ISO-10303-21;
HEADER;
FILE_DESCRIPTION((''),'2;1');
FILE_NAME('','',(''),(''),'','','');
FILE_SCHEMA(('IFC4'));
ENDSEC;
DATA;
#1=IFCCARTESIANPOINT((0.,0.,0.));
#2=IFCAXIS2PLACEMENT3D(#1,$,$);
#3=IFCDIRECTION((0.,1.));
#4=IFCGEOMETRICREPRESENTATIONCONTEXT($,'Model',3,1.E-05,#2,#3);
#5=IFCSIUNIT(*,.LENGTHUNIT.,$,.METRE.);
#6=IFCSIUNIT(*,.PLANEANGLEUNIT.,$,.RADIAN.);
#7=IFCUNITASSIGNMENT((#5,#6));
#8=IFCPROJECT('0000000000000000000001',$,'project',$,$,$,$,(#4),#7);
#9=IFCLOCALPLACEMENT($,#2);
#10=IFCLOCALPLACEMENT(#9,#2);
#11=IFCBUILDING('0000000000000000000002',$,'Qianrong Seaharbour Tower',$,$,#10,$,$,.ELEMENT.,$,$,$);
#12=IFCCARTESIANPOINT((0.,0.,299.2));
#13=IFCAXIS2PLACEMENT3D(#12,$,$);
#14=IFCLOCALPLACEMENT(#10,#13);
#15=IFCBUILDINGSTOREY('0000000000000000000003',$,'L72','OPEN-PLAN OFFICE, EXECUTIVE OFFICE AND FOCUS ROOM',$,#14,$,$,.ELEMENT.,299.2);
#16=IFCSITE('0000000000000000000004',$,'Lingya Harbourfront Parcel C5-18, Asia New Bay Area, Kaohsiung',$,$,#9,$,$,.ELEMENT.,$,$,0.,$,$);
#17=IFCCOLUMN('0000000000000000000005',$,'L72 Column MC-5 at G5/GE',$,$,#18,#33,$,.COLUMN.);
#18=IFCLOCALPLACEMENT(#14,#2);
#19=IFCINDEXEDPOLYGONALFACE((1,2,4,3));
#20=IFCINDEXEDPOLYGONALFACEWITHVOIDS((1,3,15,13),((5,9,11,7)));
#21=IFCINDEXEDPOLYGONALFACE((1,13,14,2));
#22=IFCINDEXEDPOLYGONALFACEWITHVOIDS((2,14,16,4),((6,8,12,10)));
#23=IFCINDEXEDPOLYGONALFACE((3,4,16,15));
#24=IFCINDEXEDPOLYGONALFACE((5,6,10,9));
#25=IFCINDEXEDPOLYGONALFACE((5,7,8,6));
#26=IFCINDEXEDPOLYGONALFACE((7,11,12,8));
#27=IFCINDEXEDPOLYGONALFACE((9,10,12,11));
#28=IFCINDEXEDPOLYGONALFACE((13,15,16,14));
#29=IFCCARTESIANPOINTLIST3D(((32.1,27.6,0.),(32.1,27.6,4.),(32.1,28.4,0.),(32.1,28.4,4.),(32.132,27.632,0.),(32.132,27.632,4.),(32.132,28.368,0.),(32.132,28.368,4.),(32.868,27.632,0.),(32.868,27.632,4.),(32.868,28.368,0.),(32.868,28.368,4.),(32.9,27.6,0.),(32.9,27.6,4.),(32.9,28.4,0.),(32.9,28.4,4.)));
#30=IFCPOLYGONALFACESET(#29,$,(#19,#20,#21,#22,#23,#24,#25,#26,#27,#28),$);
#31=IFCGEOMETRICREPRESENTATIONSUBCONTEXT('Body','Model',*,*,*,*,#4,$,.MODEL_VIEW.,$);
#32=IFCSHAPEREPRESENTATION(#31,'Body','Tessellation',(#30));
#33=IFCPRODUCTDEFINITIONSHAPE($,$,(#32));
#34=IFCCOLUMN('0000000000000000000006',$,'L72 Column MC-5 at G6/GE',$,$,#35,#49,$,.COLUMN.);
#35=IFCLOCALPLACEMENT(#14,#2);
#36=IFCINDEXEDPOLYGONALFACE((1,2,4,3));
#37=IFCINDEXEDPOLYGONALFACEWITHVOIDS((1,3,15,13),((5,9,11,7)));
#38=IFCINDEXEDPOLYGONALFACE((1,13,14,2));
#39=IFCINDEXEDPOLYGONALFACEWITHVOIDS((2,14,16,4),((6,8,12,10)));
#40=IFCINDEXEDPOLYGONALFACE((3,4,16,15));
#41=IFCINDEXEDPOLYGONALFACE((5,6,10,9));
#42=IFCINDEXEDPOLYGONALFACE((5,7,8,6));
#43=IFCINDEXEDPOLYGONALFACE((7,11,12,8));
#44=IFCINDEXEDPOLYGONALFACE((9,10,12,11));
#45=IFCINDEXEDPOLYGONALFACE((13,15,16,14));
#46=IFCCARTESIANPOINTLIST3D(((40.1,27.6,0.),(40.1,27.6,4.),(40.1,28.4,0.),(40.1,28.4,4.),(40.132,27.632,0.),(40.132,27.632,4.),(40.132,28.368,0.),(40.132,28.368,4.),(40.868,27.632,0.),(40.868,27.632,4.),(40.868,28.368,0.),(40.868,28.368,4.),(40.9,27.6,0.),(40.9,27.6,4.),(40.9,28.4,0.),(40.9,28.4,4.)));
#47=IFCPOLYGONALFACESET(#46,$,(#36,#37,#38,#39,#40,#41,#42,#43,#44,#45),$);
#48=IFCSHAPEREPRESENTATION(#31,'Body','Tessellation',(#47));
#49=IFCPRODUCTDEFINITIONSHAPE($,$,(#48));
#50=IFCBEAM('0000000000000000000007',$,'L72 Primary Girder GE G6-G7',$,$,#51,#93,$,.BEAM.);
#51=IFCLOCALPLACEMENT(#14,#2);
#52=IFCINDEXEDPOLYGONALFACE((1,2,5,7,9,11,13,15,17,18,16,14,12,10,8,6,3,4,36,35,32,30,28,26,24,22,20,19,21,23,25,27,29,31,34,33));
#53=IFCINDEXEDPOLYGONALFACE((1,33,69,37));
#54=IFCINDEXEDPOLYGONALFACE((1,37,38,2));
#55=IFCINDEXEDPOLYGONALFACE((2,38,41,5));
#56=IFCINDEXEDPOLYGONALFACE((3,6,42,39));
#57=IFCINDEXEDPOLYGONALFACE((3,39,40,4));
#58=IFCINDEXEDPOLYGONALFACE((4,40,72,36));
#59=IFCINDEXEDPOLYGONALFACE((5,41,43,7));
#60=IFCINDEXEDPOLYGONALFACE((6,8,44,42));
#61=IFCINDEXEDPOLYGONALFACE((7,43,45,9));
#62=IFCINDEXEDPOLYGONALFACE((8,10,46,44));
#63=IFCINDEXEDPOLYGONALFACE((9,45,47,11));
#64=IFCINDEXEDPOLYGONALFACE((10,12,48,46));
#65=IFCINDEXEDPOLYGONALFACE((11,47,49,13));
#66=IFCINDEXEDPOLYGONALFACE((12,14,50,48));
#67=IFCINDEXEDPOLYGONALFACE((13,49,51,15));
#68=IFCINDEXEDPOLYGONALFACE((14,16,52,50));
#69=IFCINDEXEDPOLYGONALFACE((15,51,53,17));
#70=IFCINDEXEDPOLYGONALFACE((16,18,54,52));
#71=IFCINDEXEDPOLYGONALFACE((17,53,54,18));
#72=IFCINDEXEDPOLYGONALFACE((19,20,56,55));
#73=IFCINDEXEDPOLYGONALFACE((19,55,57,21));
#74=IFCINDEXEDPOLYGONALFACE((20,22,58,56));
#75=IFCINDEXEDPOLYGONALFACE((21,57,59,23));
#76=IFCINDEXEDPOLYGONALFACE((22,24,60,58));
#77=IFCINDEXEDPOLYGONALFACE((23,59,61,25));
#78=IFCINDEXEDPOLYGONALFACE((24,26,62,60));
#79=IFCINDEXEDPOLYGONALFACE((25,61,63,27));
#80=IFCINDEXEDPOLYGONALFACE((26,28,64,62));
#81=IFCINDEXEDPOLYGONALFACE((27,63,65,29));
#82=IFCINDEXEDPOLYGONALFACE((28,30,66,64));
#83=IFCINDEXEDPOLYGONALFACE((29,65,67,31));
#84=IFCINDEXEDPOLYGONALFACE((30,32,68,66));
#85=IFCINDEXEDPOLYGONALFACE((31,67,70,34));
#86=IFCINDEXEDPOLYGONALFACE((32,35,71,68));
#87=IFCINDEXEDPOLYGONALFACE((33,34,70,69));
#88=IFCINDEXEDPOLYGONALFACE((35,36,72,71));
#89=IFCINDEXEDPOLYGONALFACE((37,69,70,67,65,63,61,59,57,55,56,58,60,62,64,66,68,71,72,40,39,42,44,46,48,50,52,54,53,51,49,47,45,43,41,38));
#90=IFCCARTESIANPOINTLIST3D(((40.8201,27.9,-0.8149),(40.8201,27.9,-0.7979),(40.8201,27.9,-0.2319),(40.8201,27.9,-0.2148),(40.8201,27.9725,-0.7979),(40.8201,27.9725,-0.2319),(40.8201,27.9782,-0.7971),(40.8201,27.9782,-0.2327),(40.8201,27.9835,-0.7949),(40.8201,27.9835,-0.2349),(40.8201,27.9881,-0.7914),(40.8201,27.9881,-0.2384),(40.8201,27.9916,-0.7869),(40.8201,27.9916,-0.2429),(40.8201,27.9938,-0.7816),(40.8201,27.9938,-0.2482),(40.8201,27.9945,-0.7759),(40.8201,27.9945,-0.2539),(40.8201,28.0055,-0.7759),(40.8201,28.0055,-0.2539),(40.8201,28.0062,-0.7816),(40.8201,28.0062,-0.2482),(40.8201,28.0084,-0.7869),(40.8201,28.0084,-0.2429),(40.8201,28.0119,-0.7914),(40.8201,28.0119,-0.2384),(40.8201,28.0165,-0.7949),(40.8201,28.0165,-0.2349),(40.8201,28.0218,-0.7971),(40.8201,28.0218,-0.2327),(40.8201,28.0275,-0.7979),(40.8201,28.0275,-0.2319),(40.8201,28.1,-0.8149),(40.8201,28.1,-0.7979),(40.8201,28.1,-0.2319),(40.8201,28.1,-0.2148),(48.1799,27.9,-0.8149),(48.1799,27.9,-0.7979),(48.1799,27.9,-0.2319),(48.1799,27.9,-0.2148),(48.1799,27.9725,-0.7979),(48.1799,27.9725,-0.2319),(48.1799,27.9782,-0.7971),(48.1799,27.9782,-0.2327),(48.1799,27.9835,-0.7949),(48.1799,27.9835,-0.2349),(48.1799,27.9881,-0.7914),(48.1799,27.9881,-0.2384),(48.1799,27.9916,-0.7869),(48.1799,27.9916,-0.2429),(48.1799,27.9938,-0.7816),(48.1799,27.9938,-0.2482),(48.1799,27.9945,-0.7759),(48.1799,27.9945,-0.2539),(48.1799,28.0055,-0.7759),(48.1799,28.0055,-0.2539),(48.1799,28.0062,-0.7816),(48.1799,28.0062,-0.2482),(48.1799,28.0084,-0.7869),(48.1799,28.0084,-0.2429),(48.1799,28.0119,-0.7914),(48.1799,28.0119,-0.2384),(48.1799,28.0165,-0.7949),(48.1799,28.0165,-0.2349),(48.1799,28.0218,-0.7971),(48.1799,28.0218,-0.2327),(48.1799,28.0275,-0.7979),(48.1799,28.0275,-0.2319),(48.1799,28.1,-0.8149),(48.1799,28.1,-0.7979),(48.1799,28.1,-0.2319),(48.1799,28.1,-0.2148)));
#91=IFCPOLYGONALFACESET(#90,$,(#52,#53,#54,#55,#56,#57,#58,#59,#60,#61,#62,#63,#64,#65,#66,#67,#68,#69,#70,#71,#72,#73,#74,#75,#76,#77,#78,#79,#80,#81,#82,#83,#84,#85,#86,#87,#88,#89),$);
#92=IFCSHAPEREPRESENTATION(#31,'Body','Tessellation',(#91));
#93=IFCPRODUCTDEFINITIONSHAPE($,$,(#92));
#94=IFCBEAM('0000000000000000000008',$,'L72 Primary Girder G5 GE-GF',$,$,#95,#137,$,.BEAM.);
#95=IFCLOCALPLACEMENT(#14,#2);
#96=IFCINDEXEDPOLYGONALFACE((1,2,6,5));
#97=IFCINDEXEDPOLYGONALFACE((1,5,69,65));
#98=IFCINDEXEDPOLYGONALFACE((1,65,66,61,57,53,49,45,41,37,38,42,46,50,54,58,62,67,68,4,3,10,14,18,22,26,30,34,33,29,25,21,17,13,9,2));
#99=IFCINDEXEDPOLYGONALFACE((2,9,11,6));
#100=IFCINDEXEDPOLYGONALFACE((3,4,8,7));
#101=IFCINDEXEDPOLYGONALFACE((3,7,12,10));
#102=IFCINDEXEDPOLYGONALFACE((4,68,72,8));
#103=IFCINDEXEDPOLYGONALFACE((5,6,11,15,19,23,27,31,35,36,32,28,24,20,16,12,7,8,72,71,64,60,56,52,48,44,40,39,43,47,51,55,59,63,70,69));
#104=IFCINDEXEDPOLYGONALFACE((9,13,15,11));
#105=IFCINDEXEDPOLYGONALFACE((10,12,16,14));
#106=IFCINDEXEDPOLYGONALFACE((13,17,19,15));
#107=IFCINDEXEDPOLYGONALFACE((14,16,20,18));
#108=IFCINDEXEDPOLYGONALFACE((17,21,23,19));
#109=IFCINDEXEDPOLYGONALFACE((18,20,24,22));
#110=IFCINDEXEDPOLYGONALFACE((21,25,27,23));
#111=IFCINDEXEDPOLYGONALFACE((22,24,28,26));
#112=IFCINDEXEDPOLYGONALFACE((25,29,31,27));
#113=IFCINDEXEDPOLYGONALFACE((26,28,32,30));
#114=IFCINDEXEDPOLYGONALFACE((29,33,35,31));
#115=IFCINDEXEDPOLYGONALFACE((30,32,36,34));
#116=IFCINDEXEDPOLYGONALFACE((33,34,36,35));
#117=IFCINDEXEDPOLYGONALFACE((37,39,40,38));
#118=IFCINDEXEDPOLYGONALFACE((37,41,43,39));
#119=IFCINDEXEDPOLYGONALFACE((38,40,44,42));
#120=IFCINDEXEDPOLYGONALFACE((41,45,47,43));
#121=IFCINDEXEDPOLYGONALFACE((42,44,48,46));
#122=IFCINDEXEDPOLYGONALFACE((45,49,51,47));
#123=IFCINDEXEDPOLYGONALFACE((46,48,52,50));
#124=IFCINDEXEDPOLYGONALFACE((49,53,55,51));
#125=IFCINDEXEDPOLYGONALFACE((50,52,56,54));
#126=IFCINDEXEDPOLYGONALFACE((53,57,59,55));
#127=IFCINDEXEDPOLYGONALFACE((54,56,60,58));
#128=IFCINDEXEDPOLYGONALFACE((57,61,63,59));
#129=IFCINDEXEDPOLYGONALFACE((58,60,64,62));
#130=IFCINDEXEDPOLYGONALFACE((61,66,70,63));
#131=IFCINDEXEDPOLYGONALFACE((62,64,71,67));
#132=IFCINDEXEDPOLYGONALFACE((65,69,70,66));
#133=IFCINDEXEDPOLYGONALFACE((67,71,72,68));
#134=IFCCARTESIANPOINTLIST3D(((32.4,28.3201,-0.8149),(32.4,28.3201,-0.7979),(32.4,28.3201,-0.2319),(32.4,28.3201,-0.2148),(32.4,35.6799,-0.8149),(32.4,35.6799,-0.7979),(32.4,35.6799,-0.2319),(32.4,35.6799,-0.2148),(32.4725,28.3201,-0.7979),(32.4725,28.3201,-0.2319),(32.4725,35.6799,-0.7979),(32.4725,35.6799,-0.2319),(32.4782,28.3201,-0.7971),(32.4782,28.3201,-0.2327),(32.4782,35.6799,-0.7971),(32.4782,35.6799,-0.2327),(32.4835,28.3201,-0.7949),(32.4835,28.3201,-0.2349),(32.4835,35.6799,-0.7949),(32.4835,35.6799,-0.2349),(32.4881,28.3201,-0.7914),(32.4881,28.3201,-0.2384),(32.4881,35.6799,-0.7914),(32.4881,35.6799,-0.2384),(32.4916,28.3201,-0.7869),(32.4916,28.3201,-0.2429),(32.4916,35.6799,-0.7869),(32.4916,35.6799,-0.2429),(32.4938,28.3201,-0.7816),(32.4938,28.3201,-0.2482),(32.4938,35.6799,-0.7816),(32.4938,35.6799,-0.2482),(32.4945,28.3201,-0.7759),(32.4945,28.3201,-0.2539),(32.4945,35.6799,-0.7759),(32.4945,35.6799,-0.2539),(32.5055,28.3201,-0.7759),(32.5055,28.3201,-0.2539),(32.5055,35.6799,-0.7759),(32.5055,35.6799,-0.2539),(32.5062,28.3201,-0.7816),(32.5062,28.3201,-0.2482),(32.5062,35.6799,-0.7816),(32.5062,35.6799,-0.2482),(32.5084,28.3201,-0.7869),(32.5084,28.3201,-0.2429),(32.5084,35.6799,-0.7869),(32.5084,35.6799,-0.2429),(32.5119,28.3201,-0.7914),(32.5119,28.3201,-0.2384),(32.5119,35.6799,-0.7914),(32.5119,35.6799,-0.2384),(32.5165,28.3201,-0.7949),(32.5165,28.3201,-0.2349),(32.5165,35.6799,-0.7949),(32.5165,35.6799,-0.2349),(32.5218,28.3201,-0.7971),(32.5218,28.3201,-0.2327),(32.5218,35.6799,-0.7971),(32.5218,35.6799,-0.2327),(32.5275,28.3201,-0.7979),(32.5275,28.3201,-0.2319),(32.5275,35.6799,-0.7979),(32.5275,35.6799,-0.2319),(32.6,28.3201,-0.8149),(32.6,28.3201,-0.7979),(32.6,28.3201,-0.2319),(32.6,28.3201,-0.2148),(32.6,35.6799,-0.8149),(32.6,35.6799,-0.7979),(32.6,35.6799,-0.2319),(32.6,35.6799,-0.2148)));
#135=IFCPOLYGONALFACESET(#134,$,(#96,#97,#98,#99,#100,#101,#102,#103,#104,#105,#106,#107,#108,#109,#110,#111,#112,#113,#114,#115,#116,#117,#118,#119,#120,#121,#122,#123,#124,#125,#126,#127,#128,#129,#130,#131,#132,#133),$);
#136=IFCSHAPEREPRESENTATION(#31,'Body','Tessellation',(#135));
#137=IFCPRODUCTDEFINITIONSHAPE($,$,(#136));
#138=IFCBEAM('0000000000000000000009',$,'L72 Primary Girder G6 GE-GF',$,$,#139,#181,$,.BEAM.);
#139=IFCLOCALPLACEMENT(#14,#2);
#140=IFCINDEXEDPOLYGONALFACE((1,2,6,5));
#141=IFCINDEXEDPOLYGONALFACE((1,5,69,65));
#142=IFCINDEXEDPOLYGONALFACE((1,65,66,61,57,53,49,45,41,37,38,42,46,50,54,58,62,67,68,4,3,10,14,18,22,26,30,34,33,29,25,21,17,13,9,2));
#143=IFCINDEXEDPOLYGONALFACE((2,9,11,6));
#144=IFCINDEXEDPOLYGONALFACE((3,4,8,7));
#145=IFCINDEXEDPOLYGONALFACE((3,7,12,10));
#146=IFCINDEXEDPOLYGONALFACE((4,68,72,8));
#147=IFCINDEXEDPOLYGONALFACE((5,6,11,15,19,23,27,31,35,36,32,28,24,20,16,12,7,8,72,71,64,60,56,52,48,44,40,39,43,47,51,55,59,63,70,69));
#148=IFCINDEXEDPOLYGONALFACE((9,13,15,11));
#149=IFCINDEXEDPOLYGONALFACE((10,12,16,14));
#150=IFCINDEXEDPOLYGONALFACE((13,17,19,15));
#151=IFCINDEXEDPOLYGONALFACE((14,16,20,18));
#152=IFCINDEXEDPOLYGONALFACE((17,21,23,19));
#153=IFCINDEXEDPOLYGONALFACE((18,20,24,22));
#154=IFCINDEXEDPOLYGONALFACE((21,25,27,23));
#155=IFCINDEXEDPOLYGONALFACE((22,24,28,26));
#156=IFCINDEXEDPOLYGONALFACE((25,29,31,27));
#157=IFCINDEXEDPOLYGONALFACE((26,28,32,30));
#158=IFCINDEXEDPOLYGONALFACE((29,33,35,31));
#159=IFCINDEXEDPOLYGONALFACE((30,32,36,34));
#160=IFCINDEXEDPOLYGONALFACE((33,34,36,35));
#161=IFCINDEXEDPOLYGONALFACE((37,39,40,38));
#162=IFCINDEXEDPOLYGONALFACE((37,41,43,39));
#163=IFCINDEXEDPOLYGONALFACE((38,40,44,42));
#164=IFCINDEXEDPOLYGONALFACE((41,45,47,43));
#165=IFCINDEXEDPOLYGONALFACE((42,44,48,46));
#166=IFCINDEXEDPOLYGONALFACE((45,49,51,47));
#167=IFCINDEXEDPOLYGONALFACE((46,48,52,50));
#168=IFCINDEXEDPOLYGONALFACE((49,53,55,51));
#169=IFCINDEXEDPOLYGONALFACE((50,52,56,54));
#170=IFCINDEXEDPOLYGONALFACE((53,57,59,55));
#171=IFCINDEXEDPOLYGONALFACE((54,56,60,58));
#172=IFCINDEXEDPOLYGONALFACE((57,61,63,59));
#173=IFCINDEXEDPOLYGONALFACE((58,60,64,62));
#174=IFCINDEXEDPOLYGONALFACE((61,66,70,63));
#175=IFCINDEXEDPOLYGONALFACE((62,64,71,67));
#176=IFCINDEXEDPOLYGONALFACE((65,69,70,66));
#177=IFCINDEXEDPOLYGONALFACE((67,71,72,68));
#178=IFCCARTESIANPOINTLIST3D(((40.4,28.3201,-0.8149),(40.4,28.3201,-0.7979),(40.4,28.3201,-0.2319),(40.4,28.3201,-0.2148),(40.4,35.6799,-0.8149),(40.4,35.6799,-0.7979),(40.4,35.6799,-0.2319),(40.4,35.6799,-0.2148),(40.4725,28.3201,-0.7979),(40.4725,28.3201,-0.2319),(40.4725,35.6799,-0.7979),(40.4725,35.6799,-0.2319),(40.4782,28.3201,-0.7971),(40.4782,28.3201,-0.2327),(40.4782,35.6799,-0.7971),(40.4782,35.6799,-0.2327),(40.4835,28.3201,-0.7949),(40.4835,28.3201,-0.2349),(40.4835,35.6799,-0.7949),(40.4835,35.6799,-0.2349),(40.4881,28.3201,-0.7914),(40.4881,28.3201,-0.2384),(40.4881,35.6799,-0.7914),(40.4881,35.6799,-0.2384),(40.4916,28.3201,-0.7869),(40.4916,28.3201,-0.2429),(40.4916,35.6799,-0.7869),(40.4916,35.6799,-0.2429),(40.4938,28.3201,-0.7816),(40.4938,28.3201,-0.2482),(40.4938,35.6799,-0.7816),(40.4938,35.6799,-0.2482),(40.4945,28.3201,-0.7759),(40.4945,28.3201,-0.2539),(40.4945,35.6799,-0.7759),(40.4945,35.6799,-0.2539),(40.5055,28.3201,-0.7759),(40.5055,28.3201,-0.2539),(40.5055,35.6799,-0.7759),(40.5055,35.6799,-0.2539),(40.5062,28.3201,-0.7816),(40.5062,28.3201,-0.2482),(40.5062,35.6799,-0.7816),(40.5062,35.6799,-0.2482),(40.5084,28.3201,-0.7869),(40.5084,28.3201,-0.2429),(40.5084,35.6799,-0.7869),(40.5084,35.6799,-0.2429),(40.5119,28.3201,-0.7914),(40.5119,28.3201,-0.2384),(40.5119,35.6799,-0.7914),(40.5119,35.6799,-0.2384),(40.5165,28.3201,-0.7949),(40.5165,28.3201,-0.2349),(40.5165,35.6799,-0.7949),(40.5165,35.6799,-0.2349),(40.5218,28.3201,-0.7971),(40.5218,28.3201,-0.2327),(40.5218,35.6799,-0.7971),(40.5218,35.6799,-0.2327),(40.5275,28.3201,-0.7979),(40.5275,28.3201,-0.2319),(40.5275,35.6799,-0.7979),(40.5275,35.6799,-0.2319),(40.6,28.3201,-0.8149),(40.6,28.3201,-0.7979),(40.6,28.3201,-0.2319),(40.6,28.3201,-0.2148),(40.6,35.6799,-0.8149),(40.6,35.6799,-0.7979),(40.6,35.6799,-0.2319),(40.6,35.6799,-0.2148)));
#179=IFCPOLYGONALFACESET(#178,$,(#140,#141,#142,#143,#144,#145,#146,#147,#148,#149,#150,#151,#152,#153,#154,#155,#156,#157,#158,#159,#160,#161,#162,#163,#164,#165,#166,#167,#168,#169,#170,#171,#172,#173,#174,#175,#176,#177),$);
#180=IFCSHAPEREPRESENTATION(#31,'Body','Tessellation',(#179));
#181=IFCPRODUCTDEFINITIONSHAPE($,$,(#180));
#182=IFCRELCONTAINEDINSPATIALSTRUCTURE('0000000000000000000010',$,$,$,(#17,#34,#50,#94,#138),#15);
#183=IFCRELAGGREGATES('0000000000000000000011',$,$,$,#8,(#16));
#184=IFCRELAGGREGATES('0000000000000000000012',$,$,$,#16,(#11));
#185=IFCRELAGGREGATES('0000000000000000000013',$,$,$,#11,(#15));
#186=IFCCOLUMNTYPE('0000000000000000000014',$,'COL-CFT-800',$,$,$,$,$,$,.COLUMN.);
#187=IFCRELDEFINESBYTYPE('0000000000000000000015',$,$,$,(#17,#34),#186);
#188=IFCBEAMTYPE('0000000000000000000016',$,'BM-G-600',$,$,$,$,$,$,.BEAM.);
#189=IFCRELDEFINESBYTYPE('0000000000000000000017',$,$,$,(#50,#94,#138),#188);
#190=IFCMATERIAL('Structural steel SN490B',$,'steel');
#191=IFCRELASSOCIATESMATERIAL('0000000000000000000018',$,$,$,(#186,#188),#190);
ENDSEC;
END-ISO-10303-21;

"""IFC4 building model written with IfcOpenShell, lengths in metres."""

from ifc_helpers import new_model, si_unit, direction, frame, origin, origin_2d, place, context, subcontext, project, spatial, hollow_rectangle, i_section, extrude, material, material_profile, profile_set, type_object, element, save


model = new_model("IFC4")

# Units and contexts
model_context = context("Model", 3, precision=1e-05, world=origin(), true_north=direction((0.0, 1.0)))
body_context = subcontext(model_context, "Body", "Model", "MODEL_VIEW")
ifc_project = project(units=[si_unit("LENGTHUNIT", "METRE"), si_unit("PLANEANGLEUNIT", "RADIAN")], contexts=[model_context])

# Site, building, storey
site_placement = place(None, origin())
site = spatial("IfcSite", under=ifc_project, at=site_placement, Name="Lingya Harbourfront Parcel C5-18, Asia New Bay Area, Kaohsiung", CompositionType="ELEMENT", RefElevation=0.0)
building_placement = place(site_placement, origin())
building = spatial("IfcBuilding", under=site, at=building_placement, Name="Qianrong Seaharbour Tower", CompositionType="ELEMENT")
storey_placement = place(building_placement, frame((0.0, 0.0, 299.2)))
storey = spatial("IfcBuildingStorey", under=building, at=storey_placement, Name="L72", Description="OPEN-PLAN OFFICE, EXECUTIVE OFFICE AND FOCUS ROOM", CompositionType="ELEMENT", Elevation=299.2)

# Columns
ifc_material_1 = material(Name="Structural steel SN490B", Category="steel")
ifc_material_profile_1 = material_profile(ifc_material_1, hollow_rectangle(XDim=0.8, YDim=0.8, WallThickness=0.032, at=origin_2d()), Name="BOX800x800x32")
ifc_profile_set_1 = profile_set([ifc_material_profile_1], Name="Structural steel SN490B")
column_type = type_object("IfcColumnType", Name="COL-CFT-800", PredefinedType="COLUMN", material=ifc_profile_set_1)
for number, where, z_axis, x_axis, name in (
    (1, (32.5, 28.0, 0.0), (0.0, 0.0, 1.0), (1.0, 0.0, 0.0), "L72 Column MC-5 at G5/GE"),
    (2, (40.5, 28.0, 0.0), (0.0, 0.0, 1.0), (1.0, 0.0, 0.0), "L72 Column MC-5 at G6/GE"),
):
    element("IfcColumn", number, at=place(storey_placement, frame(where, z_axis=z_axis, x_axis=x_axis)), inside=storey, type_object=column_type, Name=name, PredefinedType="COLUMN", context=body_context, shape_type="SweptSolid", body=[
        extrude(hollow_rectangle(XDim=0.8, YDim=0.8, WallThickness=0.032, at=origin_2d()), origin(), (0.0, 0.0, 1.0), 4.0),
    ])

# Beams
ifc_material_profile_2 = material_profile(ifc_material_1, i_section(OverallWidth=0.2, OverallDepth=0.6001, WebThickness=0.011, FlangeThickness=0.0171, FilletRadius=0.022, at=origin_2d()), Name="H600x200x11x17")
ifc_profile_set_2 = profile_set([ifc_material_profile_2], Name="Structural steel SN490B")
beam_type_1 = type_object("IfcBeamType", Name="BM-G-600", PredefinedType="BEAM", material=ifc_profile_set_2)
for number, where, z_axis, x_axis, name in (
    (3, (40.8201, 28.0, -0.5149), (1.0, 0.0, 0.0), (0.0, 1.0, 0.0), "L72 Primary Girder GE G6-G7"),
    (4, (32.5, 28.3201, -0.5149), (0.0, 1.0, 0.0), (-1.0, 0.0, 0.0), "L72 Primary Girder G5 GE-GF"),
    (5, (40.5, 28.3201, -0.5149), (0.0, 1.0, 0.0), (-1.0, 0.0, 0.0), "L72 Primary Girder G6 GE-GF"),
):
    element("IfcBeam", number, at=place(storey_placement, frame(where, z_axis=z_axis, x_axis=x_axis)), inside=storey, type_object=beam_type_1, Name=name, PredefinedType="BEAM", context=body_context, shape_type="SweptSolid", body=[
        extrude(i_section(OverallWidth=0.2, OverallDepth=0.6001, WebThickness=0.011, FlangeThickness=0.0171, FilletRadius=0.022, at=origin_2d()), origin(), (0.0, 0.0, 1.0), 7.3599),
    ])

save(model, "model.ifc")
